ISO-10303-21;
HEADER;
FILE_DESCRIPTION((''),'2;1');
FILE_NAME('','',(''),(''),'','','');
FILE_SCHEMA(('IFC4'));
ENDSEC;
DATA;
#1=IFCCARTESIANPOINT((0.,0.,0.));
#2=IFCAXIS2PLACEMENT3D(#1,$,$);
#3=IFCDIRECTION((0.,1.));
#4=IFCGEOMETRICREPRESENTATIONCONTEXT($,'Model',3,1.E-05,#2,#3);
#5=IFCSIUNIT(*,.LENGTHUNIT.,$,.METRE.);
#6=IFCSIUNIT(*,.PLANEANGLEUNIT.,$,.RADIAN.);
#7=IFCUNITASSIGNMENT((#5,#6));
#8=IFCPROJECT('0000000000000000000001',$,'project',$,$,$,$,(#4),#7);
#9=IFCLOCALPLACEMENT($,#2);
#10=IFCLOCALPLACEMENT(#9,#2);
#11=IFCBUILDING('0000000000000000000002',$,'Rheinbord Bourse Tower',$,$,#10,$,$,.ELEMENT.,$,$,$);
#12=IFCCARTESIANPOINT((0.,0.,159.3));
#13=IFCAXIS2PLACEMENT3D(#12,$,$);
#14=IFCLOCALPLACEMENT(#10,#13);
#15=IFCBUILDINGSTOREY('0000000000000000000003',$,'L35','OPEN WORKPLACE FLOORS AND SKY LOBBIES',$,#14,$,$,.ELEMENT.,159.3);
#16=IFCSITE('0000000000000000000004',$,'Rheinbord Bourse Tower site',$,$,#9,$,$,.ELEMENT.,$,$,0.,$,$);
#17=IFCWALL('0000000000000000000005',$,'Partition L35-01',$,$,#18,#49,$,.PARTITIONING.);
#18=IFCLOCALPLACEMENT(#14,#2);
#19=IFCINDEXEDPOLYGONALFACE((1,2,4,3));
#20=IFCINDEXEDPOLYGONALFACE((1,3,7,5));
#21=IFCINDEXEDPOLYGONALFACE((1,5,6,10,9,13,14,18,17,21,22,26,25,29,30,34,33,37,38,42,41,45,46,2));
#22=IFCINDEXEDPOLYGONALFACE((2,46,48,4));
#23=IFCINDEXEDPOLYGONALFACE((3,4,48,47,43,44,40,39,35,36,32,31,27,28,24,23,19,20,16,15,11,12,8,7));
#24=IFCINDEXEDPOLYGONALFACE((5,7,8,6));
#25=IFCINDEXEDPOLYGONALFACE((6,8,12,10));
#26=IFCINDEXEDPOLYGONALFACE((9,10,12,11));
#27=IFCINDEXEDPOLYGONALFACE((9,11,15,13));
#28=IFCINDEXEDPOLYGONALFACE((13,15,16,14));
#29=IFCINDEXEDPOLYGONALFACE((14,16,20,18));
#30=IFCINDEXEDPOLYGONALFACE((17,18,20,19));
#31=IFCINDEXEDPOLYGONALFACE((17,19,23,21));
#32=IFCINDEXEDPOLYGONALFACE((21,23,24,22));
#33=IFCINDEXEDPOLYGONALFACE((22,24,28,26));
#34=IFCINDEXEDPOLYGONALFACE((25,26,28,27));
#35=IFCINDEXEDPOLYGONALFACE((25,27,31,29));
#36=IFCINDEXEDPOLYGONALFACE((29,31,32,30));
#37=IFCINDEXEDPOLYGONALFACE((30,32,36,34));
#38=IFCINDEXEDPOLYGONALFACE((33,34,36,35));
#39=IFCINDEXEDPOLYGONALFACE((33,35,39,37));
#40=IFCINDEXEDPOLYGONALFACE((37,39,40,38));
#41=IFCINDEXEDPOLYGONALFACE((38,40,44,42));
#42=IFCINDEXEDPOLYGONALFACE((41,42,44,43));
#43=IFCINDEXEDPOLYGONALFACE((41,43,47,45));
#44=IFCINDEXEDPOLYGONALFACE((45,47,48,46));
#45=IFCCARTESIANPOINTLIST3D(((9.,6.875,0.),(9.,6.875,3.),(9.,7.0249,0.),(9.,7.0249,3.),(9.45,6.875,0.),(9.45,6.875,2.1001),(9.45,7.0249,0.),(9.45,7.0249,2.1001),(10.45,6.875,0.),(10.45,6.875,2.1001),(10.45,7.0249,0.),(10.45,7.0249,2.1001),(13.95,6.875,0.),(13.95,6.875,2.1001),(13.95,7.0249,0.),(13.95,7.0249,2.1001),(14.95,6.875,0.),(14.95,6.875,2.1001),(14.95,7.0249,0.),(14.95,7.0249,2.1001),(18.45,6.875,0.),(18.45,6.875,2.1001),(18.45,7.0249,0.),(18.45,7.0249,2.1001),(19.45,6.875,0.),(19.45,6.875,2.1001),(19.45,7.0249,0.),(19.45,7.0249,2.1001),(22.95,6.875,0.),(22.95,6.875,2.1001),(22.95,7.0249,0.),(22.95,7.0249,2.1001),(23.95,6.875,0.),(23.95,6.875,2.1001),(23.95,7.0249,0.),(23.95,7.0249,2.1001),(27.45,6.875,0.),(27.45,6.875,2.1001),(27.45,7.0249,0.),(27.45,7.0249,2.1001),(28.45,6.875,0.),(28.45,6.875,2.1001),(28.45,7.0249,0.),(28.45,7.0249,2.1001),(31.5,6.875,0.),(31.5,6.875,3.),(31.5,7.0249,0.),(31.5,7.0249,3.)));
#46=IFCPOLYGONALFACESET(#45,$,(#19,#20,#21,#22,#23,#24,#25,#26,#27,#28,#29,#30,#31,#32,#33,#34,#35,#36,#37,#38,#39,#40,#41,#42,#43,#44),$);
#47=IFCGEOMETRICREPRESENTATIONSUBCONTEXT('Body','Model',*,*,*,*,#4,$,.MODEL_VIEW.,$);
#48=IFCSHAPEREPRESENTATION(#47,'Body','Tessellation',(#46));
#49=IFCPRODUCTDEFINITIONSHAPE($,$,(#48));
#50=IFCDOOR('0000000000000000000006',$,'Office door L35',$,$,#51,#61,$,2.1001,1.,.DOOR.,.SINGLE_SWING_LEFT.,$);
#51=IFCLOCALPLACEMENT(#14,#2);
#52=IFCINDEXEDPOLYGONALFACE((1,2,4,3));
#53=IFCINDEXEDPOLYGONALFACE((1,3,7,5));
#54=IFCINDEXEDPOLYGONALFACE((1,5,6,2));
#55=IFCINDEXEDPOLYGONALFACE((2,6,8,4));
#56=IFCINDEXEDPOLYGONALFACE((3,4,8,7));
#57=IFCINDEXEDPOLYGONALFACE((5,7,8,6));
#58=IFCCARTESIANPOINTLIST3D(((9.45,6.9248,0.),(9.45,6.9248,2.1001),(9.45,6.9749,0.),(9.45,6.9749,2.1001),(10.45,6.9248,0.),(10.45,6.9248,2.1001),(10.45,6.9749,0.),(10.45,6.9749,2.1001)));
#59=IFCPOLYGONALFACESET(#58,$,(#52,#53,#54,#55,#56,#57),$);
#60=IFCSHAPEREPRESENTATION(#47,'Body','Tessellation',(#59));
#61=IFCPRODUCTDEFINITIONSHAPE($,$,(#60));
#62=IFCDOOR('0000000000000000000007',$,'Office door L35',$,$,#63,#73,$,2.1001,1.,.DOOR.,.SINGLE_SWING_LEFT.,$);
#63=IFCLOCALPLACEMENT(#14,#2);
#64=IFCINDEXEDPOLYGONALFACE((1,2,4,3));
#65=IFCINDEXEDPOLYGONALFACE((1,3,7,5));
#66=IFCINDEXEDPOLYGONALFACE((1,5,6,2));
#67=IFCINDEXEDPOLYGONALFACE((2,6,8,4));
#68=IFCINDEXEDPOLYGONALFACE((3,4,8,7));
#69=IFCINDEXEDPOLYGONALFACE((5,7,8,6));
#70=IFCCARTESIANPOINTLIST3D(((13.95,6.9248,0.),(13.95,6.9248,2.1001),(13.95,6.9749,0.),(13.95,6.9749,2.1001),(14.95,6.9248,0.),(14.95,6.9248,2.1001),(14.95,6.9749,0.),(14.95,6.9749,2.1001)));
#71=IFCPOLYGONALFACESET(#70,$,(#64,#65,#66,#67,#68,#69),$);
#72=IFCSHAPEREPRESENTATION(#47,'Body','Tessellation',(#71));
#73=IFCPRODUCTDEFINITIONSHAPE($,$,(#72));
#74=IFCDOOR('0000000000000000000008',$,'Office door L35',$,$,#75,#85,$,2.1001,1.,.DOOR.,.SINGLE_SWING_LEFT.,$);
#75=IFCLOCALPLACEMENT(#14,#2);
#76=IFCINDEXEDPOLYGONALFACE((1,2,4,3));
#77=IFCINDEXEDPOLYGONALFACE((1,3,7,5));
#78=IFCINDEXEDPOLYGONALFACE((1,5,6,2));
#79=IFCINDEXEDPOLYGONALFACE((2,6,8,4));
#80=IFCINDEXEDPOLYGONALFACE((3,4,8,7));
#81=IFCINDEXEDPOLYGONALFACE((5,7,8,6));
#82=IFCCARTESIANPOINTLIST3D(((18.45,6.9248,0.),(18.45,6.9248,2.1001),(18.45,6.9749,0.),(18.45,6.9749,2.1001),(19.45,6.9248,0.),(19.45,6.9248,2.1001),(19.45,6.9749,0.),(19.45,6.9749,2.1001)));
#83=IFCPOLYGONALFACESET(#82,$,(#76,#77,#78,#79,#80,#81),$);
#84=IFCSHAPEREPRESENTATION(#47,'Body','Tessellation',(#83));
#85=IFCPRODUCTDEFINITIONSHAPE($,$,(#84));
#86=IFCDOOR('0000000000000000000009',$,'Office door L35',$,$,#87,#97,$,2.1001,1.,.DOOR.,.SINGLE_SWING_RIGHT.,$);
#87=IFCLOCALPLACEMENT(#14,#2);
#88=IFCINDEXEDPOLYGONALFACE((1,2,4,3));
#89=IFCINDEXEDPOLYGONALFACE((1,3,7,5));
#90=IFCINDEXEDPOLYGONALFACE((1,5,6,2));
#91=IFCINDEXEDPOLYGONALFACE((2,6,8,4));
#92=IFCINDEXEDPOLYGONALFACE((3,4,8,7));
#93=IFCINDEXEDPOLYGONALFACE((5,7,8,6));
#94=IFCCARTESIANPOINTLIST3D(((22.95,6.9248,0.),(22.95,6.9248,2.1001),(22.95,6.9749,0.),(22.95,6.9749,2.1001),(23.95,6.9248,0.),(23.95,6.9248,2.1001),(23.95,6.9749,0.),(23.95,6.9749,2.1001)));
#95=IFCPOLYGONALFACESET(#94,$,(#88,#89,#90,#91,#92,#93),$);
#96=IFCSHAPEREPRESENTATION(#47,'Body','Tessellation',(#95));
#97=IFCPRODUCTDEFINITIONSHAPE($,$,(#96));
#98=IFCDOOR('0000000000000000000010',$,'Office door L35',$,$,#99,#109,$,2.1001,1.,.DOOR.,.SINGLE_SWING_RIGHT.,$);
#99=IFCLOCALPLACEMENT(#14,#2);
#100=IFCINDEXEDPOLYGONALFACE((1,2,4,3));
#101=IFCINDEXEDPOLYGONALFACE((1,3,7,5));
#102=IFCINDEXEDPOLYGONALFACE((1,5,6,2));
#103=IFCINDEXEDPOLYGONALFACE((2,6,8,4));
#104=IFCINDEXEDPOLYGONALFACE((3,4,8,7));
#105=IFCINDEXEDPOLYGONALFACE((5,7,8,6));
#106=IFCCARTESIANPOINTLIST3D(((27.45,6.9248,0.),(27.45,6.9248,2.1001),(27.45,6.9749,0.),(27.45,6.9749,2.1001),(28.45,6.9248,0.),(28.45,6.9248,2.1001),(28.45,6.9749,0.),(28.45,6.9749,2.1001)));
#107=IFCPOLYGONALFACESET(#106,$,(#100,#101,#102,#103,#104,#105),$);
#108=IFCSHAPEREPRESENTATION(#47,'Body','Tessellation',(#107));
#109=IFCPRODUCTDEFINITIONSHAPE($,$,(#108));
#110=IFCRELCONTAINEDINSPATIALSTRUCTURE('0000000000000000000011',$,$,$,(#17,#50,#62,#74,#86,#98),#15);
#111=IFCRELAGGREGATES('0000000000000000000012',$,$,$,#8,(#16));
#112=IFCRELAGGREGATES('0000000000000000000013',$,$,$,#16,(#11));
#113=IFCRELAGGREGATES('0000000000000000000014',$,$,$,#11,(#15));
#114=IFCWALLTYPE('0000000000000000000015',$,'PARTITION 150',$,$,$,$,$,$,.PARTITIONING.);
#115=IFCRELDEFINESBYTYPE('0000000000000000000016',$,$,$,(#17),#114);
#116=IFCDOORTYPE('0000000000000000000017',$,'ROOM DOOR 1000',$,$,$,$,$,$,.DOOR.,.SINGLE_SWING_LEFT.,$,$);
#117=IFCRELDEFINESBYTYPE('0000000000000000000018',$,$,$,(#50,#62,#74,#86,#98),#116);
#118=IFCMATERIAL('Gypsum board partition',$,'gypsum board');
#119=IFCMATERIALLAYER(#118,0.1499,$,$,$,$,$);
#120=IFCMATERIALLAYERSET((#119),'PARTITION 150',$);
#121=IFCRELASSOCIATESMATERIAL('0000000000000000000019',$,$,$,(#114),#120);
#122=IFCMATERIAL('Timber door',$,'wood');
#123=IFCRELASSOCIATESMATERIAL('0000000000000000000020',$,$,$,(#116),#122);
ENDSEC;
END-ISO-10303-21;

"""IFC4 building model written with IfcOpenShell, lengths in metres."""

from ifc_helpers import new_model, si_unit, direction, frame, frame_2d, origin, place, context, subcontext, project, spatial, rectangle, extrude, material, layer, layer_set, type_object, element, fill, save


model = new_model("IFC4")

# Units and contexts
model_context = context("Model", 3, precision=1e-05, world=origin(), true_north=direction((0.0, 1.0)))
body_context = subcontext(model_context, "Body", "Model", "MODEL_VIEW")
ifc_project = project(units=[si_unit("LENGTHUNIT", "METRE"), si_unit("PLANEANGLEUNIT", "RADIAN")], contexts=[model_context])

# Site, building, storey
site_placement = place(None, origin())
site = spatial("IfcSite", under=ifc_project, at=site_placement, Name="Rheinbord Bourse Tower site", CompositionType="ELEMENT", RefElevation=0.0)
building_placement = place(site_placement, origin())
building = spatial("IfcBuilding", under=site, at=building_placement, Name="Rheinbord Bourse Tower", CompositionType="ELEMENT")
storey_placement = place(building_placement, frame((0.0, 0.0, 159.3)))
storey = spatial("IfcBuildingStorey", under=building, at=storey_placement, Name="L35", Description="OPEN WORKPLACE FLOORS AND SKY LOBBIES", CompositionType="ELEMENT", Elevation=159.3)

# Wall, openings, doors
ifc_material_1 = material(Name="Gypsum board partition", Category="gypsum board")
ifc_layer_1 = layer(ifc_material_1, 0.1499)
ifc_layer_set_1 = layer_set([ifc_layer_1], Name="PARTITION 150")
wall_type_1 = type_object("IfcWallType", Name="PARTITION 150", PredefinedType="PARTITIONING", material=ifc_layer_set_1)
wall_1_placement = place(storey_placement, frame((9.0, 6.95, 0.0), z_axis=(0.0, 0.0, 1.0), x_axis=(1.0, 0.0, 0.0)))
wall_1 = element("IfcWall", 1, at=wall_1_placement, inside=storey, type_object=wall_type_1, Name="Partition L35-01", PredefinedType="PARTITIONING", context=body_context, shape_type="SweptSolid", body=[
    extrude(rectangle(XDim=22.5, YDim=0.1499, at=frame_2d((11.25, 0.0))), origin(), (0.0, 0.0, 1.0), 3.0),
])
opening_1_placement = place(wall_1_placement, frame((0.45, 0.0, 0.0)))
opening_1 = element("IfcOpeningElement", 2, at=opening_1_placement, cuts=wall_1, PredefinedType="OPENING", context=body_context, shape_type="SweptSolid", body=[
    extrude(rectangle(XDim=1.0, YDim=2.1001, at=frame_2d((0.5, 1.05))), frame((0.0, 0.085, 0.0), z_axis=(0.0, -1.0, 0.0), x_axis=(1.0, 0.0, 0.0)), (0.0, 0.0, 1.0), 0.1699),
])
opening_2_placement = place(wall_1_placement, frame((4.95, 0.0, 0.0)))
opening_2 = element("IfcOpeningElement", 3, at=opening_2_placement, cuts=wall_1, PredefinedType="OPENING", context=body_context, shape_type="SweptSolid", body=[
    extrude(rectangle(XDim=1.0, YDim=2.1001, at=frame_2d((0.5, 1.05))), frame((0.0, 0.085, 0.0), z_axis=(0.0, -1.0, 0.0), x_axis=(1.0, 0.0, 0.0)), (0.0, 0.0, 1.0), 0.1699),
])
opening_3_placement = place(wall_1_placement, frame((9.45, 0.0, 0.0)))
opening_3 = element("IfcOpeningElement", 4, at=opening_3_placement, cuts=wall_1, PredefinedType="OPENING", context=body_context, shape_type="SweptSolid", body=[
    extrude(rectangle(XDim=1.0, YDim=2.1001, at=frame_2d((0.5, 1.05))), frame((0.0, 0.085, 0.0), z_axis=(0.0, -1.0, 0.0), x_axis=(1.0, 0.0, 0.0)), (0.0, 0.0, 1.0), 0.1699),
])
opening_4_placement = place(wall_1_placement, frame((13.95, 0.0, 0.0)))
opening_4 = element("IfcOpeningElement", 5, at=opening_4_placement, cuts=wall_1, PredefinedType="OPENING", context=body_context, shape_type="SweptSolid", body=[
    extrude(rectangle(XDim=1.0, YDim=2.1001, at=frame_2d((0.5, 1.05))), frame((0.0, 0.085, 0.0), z_axis=(0.0, -1.0, 0.0), x_axis=(1.0, 0.0, 0.0)), (0.0, 0.0, 1.0), 0.1699),
])
opening_5_placement = place(wall_1_placement, frame((18.45, 0.0, 0.0)))
opening_5 = element("IfcOpeningElement", 6, at=opening_5_placement, cuts=wall_1, PredefinedType="OPENING", context=body_context, shape_type="SweptSolid", body=[
    extrude(rectangle(XDim=1.0, YDim=2.1001, at=frame_2d((0.5, 1.05))), frame((0.0, 0.085, 0.0), z_axis=(0.0, -1.0, 0.0), x_axis=(1.0, 0.0, 0.0)), (0.0, 0.0, 1.0), 0.1699),
])
ifc_material_2 = material(Name="Timber door", Category="wood")
door_type_1 = type_object("IfcDoorType", Name="ROOM DOOR 1000", OperationType="SINGLE_SWING_LEFT", PredefinedType="DOOR", material=ifc_material_2)
door_1_placement = place(opening_1_placement, origin())
door_1 = element("IfcDoor", 7, at=door_1_placement, inside=storey, type_object=door_type_1, Name="Office door L35", OperationType="SINGLE_SWING_LEFT", OverallHeight=2.1001, OverallWidth=1.0, PredefinedType="DOOR", context=body_context, shape_type="SweptSolid", body=[
    extrude(rectangle(XDim=1.0, YDim=2.1001, at=frame_2d((0.5, 1.05))), frame((0.0, 0.0249, 0.0), z_axis=(0.0, -1.0, 0.0), x_axis=(1.0, 0.0, 0.0)), (0.0, 0.0, 1.0), 0.05),
])
fill(opening_1, door_1)
door_2_placement = place(opening_2_placement, origin())
door_2 = element("IfcDoor", 8, at=door_2_placement, inside=storey, type_object=door_type_1, Name="Office door L35", OperationType="SINGLE_SWING_LEFT", OverallHeight=2.1001, OverallWidth=1.0, PredefinedType="DOOR", context=body_context, shape_type="SweptSolid", body=[
    extrude(rectangle(XDim=1.0, YDim=2.1001, at=frame_2d((0.5, 1.05))), frame((0.0, 0.0249, 0.0), z_axis=(0.0, -1.0, 0.0), x_axis=(1.0, 0.0, 0.0)), (0.0, 0.0, 1.0), 0.05),
])
fill(opening_2, door_2)
door_3_placement = place(opening_3_placement, origin())
door_3 = element("IfcDoor", 9, at=door_3_placement, inside=storey, type_object=door_type_1, Name="Office door L35", OperationType="SINGLE_SWING_LEFT", OverallHeight=2.1001, OverallWidth=1.0, PredefinedType="DOOR", context=body_context, shape_type="SweptSolid", body=[
    extrude(rectangle(XDim=1.0, YDim=2.1001, at=frame_2d((0.5, 1.05))), frame((0.0, 0.0249, 0.0), z_axis=(0.0, -1.0, 0.0), x_axis=(1.0, 0.0, 0.0)), (0.0, 0.0, 1.0), 0.05),
])
fill(opening_3, door_3)
door_4_placement = place(opening_4_placement, origin())
door_4 = element("IfcDoor", 10, at=door_4_placement, inside=storey, type_object=door_type_1, Name="Office door L35", OperationType="SINGLE_SWING_RIGHT", OverallHeight=2.1001, OverallWidth=1.0, PredefinedType="DOOR", context=body_context, shape_type="SweptSolid", body=[
    extrude(rectangle(XDim=1.0, YDim=2.1001, at=frame_2d((0.5, 1.05))), frame((0.0, 0.0249, 0.0), z_axis=(0.0, -1.0, 0.0), x_axis=(1.0, 0.0, 0.0)), (0.0, 0.0, 1.0), 0.05),
])
fill(opening_4, door_4)
door_5_placement = place(opening_5_placement, origin())
door_5 = element("IfcDoor", 11, at=door_5_placement, inside=storey, type_object=door_type_1, Name="Office door L35", OperationType="SINGLE_SWING_RIGHT", OverallHeight=2.1001, OverallWidth=1.0, PredefinedType="DOOR", context=body_context, shape_type="SweptSolid", body=[
    extrude(rectangle(XDim=1.0, YDim=2.1001, at=frame_2d((0.5, 1.05))), frame((0.0, 0.0249, 0.0), z_axis=(0.0, -1.0, 0.0), x_axis=(1.0, 0.0, 0.0)), (0.0, 0.0, 1.0), 0.05),
])
fill(opening_5, door_5)

save(model, "model.ifc")
